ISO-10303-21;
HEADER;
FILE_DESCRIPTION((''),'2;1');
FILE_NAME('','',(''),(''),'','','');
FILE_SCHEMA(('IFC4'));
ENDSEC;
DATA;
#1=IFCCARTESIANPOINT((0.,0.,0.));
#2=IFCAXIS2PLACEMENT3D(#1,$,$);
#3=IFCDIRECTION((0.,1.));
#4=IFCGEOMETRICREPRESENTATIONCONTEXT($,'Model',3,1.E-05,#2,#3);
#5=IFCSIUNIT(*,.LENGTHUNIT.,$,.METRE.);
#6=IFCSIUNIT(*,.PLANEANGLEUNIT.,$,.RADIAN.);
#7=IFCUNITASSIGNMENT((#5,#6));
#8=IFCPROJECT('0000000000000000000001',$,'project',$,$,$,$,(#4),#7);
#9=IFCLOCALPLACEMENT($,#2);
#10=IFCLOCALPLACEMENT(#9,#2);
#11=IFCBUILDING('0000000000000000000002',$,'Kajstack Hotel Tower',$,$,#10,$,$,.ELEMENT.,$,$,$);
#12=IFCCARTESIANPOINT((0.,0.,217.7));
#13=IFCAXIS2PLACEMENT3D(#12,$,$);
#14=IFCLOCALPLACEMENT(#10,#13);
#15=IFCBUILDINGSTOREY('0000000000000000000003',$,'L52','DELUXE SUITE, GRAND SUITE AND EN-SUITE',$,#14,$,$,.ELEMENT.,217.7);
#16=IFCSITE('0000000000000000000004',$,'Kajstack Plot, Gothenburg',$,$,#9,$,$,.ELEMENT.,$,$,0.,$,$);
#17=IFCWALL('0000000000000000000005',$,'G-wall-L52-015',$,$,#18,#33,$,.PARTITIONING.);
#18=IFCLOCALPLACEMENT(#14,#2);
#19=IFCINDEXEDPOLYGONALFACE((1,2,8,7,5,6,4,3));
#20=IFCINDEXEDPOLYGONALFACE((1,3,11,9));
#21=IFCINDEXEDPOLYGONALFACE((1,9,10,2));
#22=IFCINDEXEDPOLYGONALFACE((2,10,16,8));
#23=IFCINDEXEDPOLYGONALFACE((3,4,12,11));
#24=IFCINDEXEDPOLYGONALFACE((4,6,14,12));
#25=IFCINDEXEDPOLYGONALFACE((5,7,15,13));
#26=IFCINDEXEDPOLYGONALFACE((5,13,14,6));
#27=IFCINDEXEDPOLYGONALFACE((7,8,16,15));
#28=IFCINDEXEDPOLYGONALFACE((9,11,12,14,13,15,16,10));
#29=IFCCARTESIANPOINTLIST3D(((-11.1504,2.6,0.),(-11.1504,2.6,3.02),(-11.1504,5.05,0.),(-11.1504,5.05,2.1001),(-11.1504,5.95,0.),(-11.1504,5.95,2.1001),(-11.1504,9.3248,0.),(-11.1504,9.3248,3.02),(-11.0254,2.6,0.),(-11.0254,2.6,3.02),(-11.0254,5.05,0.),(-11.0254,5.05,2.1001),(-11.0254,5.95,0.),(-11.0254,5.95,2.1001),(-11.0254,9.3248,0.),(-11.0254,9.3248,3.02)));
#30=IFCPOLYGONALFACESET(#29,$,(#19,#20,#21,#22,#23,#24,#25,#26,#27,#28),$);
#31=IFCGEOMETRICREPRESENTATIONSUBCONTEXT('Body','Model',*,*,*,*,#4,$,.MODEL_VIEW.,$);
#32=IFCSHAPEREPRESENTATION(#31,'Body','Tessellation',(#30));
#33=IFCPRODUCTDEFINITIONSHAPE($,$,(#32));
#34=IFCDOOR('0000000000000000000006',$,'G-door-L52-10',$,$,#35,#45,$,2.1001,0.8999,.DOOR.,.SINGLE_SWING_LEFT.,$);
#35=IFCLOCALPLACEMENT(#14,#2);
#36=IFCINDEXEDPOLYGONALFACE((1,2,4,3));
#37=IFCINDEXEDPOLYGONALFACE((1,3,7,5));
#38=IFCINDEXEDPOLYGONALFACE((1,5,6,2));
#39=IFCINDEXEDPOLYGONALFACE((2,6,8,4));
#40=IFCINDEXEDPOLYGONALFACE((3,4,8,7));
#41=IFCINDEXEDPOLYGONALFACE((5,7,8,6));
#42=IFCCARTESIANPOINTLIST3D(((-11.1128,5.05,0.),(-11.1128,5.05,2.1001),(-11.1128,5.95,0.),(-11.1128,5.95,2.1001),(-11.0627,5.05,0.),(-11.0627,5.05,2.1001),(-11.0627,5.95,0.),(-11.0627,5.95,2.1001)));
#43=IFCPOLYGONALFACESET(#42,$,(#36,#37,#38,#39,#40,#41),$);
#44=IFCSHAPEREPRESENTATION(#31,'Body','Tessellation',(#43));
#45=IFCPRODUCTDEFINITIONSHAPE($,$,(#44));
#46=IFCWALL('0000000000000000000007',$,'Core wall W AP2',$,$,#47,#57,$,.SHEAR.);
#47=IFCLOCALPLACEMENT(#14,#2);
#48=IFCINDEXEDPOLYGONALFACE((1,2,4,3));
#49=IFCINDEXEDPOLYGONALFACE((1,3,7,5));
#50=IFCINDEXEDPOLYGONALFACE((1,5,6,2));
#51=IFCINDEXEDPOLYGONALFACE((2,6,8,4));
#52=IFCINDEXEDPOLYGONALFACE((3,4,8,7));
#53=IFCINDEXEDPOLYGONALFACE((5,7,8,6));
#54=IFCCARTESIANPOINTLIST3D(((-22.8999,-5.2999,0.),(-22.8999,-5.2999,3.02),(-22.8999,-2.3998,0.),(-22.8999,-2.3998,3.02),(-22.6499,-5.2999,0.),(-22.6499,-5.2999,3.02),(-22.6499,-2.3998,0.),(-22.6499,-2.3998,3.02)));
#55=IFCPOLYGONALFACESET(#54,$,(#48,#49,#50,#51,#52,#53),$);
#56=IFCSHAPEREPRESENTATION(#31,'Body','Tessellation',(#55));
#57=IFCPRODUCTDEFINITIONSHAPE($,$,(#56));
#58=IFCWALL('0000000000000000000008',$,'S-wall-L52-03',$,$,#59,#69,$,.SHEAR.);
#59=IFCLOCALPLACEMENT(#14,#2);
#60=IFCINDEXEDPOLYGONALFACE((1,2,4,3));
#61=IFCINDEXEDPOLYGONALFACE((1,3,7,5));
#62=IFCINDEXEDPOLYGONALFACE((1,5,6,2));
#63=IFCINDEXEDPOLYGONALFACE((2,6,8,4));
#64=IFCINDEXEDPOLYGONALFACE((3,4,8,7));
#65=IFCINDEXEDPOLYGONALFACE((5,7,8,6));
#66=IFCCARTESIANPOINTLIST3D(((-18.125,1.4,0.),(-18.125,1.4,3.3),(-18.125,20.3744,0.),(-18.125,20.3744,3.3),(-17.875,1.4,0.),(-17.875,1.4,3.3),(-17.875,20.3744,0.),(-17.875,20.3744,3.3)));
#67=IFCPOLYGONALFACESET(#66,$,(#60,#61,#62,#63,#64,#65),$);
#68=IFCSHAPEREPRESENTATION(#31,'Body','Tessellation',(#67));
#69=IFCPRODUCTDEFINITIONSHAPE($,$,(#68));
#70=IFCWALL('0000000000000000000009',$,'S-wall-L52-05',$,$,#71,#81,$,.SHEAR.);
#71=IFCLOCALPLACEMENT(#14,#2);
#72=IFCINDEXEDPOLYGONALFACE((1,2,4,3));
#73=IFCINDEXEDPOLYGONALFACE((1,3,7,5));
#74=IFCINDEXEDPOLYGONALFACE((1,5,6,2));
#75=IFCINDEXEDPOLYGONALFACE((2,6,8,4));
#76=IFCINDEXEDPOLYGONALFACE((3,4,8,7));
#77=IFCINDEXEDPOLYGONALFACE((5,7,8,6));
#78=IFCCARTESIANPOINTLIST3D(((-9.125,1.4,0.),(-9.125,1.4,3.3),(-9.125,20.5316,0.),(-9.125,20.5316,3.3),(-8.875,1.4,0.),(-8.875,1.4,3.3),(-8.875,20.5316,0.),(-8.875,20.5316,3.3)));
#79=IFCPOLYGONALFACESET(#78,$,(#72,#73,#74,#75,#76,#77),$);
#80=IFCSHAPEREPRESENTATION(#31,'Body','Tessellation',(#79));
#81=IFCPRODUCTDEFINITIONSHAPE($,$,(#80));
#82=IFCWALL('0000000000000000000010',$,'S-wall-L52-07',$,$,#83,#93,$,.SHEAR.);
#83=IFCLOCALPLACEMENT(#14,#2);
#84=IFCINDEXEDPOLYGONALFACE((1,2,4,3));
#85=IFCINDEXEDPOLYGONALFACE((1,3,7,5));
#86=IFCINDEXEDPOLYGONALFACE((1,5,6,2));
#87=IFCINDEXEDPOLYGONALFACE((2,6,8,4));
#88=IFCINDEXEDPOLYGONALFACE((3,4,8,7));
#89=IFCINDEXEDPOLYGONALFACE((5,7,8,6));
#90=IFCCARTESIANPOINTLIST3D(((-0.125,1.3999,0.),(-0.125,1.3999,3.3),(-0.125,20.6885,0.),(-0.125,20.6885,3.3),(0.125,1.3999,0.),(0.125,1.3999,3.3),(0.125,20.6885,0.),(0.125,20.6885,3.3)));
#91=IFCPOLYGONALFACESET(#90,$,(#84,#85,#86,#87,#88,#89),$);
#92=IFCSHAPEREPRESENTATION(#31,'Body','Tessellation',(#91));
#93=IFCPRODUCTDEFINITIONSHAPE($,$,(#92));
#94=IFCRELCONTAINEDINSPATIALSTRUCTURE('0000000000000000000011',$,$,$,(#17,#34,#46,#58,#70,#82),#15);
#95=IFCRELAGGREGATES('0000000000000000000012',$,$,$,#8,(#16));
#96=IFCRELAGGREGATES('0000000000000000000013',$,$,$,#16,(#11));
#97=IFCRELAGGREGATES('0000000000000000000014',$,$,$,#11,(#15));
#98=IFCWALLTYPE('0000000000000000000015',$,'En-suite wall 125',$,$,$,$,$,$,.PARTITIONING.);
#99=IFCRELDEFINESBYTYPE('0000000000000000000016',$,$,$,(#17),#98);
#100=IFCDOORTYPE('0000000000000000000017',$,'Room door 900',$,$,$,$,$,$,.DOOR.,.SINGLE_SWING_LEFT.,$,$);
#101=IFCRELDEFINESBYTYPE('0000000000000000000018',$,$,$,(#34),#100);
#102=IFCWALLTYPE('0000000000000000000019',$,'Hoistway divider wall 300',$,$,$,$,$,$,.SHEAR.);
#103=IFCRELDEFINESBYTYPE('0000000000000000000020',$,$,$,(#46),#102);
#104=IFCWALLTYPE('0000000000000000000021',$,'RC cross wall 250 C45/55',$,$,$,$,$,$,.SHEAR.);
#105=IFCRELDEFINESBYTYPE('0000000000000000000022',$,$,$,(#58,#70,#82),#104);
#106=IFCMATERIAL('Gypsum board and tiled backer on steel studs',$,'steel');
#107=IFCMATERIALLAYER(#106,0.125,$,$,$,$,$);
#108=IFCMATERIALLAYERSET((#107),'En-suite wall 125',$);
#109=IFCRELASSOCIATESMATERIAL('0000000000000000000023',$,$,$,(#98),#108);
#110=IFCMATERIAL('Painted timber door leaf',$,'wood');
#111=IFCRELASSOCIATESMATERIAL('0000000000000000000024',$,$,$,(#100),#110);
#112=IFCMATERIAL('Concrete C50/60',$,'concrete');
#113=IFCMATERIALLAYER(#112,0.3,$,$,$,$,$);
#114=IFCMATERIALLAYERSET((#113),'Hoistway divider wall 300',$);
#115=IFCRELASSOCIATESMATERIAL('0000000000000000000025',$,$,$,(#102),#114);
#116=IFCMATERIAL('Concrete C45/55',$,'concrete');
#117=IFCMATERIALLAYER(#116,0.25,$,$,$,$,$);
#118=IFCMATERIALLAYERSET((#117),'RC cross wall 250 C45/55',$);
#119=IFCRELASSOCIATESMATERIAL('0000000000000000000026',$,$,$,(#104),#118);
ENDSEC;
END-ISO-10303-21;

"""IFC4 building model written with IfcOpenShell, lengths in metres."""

from ifc_helpers import new_model, si_unit, direction, frame, frame_2d, origin, place, context, subcontext, project, spatial, rectangle, extrude, material, layer, layer_set, type_object, element, fill, save


model = new_model("IFC4")

# Units and contexts
model_context = context("Model", 3, precision=1e-05, world=origin(), true_north=direction((0.0, 1.0)))
body_context = subcontext(model_context, "Body", "Model", "MODEL_VIEW")
ifc_project = project(units=[si_unit("LENGTHUNIT", "METRE"), si_unit("PLANEANGLEUNIT", "RADIAN")], contexts=[model_context])

# Site, building, storey
site_placement = place(None, origin())
site = spatial("IfcSite", under=ifc_project, at=site_placement, Name="Kajstack Plot, Gothenburg", CompositionType="ELEMENT", RefElevation=0.0)
building_placement = place(site_placement, origin())
building = spatial("IfcBuilding", under=site, at=building_placement, Name="Kajstack Hotel Tower", CompositionType="ELEMENT")
storey_placement = place(building_placement, frame((0.0, 0.0, 217.7)))
storey = spatial("IfcBuildingStorey", under=building, at=storey_placement, Name="L52", Description="DELUXE SUITE, GRAND SUITE AND EN-SUITE", CompositionType="ELEMENT", Elevation=217.7)

# Wall, opening, door
ifc_material_1 = material(Name="Gypsum board and tiled backer on steel studs", Category="steel")
ifc_layer_1 = layer(ifc_material_1, 0.125)
ifc_layer_set_1 = layer_set([ifc_layer_1], Name="En-suite wall 125")
wall_type_1 = type_object("IfcWallType", Name="En-suite wall 125", PredefinedType="PARTITIONING", material=ifc_layer_set_1)
ifc_material_2 = material(Name="Painted timber door leaf", Category="wood")
door_type_1 = type_object("IfcDoorType", Name="Room door 900", OperationType="SINGLE_SWING_LEFT", PredefinedType="DOOR", material=ifc_material_2)
wall_1_placement = place(storey_placement, frame((-11.0879, 2.6001, 0.0), z_axis=(0.0, 0.0, 1.0), x_axis=(0.0, 1.0, 0.0)))
wall_1 = element("IfcWall", 1, at=wall_1_placement, inside=storey, type_object=wall_type_1, Name="G-wall-L52-015", PredefinedType="PARTITIONING", context=body_context, shape_type="SweptSolid", body=[
    extrude(rectangle(XDim=6.7249, YDim=0.125, at=frame_2d((3.3623, 0.0))), origin(), (0.0, 0.0, 1.0), 3.02),
])
opening_1_placement = place(wall_1_placement, frame((2.45, 0.0, 0.0)))
opening_1 = element("IfcOpeningElement", 2, at=opening_1_placement, cuts=wall_1, PredefinedType="OPENING", context=body_context, shape_type="SweptSolid", body=[
    extrude(rectangle(XDim=0.8999, YDim=2.1001, at=frame_2d((0.45, 1.05))), frame((0.0, 0.0725, 0.0), z_axis=(0.0, -1.0, 0.0), x_axis=(1.0, 0.0, 0.0)), (0.0, 0.0, 1.0), 0.145),
])
door_1_placement = place(opening_1_placement, origin())
door_1 = element("IfcDoor", 3, at=door_1_placement, inside=storey, type_object=door_type_1, Name="G-door-L52-10", OperationType="SINGLE_SWING_LEFT", OverallHeight=2.1001, OverallWidth=0.8999, PredefinedType="DOOR", context=body_context, shape_type="SweptSolid", body=[
    extrude(rectangle(XDim=0.8999, YDim=2.1001, at=frame_2d((0.45, 1.05))), frame((0.0, 0.0249, 0.0), z_axis=(0.0, -1.0, 0.0), x_axis=(1.0, 0.0, 0.0)), (0.0, 0.0, 1.0), 0.05),
])
fill(opening_1, door_1)

# Walls
ifc_material_3 = material(Name="Concrete C50/60", Category="concrete")
ifc_layer_2 = layer(ifc_material_3, 0.3)
ifc_layer_set_2 = layer_set([ifc_layer_2], Name="Hoistway divider wall 300")
wall_type_2 = type_object("IfcWallType", Name="Hoistway divider wall 300", PredefinedType="SHEAR", material=ifc_layer_set_2)
wall_2_placement = place(storey_placement, frame((-22.7749, -5.3, 0.0), z_axis=(0.0, 0.0, 1.0), x_axis=(0.0, 1.0, 0.0)))
element("IfcWall", 4, at=wall_2_placement, inside=storey, type_object=wall_type_2, Name="Core wall W AP2", PredefinedType="SHEAR", context=body_context, shape_type="SweptSolid", body=[
    extrude(rectangle(XDim=2.9001, YDim=0.25, at=frame_2d((1.4502, 0.0))), origin(), (0.0, 0.0, 1.0), 3.02),
])
ifc_material_4 = material(Name="Concrete C45/55", Category="concrete")
ifc_layer_3 = layer(ifc_material_4, 0.25)
ifc_layer_set_3 = layer_set([ifc_layer_3], Name="RC cross wall 250 C45/55")
wall_type_3 = type_object("IfcWallType", Name="RC cross wall 250 C45/55", PredefinedType="SHEAR", material=ifc_layer_set_3)
wall_3_placement = place(storey_placement, frame((-18.0, 1.3999, 0.0), z_axis=(0.0, 0.0, 1.0), x_axis=(0.0, 1.0, 0.0)))
element("IfcWall", 5, at=wall_3_placement, inside=storey, type_object=wall_type_3, Name="S-wall-L52-03", PredefinedType="SHEAR", context=body_context, shape_type="SweptSolid", body=[
    extrude(rectangle(XDim=18.9744, YDim=0.25, at=frame_2d((9.4873, 0.0))), origin(), (0.0, 0.0, 1.0), 3.3),
])
wall_4_placement = place(storey_placement, frame((-9.0, 1.3999, 0.0), z_axis=(0.0, 0.0, 1.0), x_axis=(0.0, 1.0, 0.0)))
element("IfcWall", 6, at=wall_4_placement, inside=storey, type_object=wall_type_3, Name="S-wall-L52-05", PredefinedType="SHEAR", context=body_context, shape_type="SweptSolid", body=[
    extrude(rectangle(XDim=19.1316, YDim=0.25, at=frame_2d((9.5659, 0.0))), origin(), (0.0, 0.0, 1.0), 3.3),
])
wall_5_placement = place(storey_placement, frame((0.0, 1.3999, 0.0), z_axis=(0.0, 0.0, 1.0), x_axis=(0.0, 1.0, 0.0)))
element("IfcWall", 7, at=wall_5_placement, inside=storey, type_object=wall_type_3, Name="S-wall-L52-07", PredefinedType="SHEAR", context=body_context, shape_type="SweptSolid", body=[
    extrude(rectangle(XDim=19.2886, YDim=0.25, at=frame_2d((9.6443, 0.0))), origin(), (0.0, 0.0, 1.0), 3.3),
])

save(model, "model.ifc")
